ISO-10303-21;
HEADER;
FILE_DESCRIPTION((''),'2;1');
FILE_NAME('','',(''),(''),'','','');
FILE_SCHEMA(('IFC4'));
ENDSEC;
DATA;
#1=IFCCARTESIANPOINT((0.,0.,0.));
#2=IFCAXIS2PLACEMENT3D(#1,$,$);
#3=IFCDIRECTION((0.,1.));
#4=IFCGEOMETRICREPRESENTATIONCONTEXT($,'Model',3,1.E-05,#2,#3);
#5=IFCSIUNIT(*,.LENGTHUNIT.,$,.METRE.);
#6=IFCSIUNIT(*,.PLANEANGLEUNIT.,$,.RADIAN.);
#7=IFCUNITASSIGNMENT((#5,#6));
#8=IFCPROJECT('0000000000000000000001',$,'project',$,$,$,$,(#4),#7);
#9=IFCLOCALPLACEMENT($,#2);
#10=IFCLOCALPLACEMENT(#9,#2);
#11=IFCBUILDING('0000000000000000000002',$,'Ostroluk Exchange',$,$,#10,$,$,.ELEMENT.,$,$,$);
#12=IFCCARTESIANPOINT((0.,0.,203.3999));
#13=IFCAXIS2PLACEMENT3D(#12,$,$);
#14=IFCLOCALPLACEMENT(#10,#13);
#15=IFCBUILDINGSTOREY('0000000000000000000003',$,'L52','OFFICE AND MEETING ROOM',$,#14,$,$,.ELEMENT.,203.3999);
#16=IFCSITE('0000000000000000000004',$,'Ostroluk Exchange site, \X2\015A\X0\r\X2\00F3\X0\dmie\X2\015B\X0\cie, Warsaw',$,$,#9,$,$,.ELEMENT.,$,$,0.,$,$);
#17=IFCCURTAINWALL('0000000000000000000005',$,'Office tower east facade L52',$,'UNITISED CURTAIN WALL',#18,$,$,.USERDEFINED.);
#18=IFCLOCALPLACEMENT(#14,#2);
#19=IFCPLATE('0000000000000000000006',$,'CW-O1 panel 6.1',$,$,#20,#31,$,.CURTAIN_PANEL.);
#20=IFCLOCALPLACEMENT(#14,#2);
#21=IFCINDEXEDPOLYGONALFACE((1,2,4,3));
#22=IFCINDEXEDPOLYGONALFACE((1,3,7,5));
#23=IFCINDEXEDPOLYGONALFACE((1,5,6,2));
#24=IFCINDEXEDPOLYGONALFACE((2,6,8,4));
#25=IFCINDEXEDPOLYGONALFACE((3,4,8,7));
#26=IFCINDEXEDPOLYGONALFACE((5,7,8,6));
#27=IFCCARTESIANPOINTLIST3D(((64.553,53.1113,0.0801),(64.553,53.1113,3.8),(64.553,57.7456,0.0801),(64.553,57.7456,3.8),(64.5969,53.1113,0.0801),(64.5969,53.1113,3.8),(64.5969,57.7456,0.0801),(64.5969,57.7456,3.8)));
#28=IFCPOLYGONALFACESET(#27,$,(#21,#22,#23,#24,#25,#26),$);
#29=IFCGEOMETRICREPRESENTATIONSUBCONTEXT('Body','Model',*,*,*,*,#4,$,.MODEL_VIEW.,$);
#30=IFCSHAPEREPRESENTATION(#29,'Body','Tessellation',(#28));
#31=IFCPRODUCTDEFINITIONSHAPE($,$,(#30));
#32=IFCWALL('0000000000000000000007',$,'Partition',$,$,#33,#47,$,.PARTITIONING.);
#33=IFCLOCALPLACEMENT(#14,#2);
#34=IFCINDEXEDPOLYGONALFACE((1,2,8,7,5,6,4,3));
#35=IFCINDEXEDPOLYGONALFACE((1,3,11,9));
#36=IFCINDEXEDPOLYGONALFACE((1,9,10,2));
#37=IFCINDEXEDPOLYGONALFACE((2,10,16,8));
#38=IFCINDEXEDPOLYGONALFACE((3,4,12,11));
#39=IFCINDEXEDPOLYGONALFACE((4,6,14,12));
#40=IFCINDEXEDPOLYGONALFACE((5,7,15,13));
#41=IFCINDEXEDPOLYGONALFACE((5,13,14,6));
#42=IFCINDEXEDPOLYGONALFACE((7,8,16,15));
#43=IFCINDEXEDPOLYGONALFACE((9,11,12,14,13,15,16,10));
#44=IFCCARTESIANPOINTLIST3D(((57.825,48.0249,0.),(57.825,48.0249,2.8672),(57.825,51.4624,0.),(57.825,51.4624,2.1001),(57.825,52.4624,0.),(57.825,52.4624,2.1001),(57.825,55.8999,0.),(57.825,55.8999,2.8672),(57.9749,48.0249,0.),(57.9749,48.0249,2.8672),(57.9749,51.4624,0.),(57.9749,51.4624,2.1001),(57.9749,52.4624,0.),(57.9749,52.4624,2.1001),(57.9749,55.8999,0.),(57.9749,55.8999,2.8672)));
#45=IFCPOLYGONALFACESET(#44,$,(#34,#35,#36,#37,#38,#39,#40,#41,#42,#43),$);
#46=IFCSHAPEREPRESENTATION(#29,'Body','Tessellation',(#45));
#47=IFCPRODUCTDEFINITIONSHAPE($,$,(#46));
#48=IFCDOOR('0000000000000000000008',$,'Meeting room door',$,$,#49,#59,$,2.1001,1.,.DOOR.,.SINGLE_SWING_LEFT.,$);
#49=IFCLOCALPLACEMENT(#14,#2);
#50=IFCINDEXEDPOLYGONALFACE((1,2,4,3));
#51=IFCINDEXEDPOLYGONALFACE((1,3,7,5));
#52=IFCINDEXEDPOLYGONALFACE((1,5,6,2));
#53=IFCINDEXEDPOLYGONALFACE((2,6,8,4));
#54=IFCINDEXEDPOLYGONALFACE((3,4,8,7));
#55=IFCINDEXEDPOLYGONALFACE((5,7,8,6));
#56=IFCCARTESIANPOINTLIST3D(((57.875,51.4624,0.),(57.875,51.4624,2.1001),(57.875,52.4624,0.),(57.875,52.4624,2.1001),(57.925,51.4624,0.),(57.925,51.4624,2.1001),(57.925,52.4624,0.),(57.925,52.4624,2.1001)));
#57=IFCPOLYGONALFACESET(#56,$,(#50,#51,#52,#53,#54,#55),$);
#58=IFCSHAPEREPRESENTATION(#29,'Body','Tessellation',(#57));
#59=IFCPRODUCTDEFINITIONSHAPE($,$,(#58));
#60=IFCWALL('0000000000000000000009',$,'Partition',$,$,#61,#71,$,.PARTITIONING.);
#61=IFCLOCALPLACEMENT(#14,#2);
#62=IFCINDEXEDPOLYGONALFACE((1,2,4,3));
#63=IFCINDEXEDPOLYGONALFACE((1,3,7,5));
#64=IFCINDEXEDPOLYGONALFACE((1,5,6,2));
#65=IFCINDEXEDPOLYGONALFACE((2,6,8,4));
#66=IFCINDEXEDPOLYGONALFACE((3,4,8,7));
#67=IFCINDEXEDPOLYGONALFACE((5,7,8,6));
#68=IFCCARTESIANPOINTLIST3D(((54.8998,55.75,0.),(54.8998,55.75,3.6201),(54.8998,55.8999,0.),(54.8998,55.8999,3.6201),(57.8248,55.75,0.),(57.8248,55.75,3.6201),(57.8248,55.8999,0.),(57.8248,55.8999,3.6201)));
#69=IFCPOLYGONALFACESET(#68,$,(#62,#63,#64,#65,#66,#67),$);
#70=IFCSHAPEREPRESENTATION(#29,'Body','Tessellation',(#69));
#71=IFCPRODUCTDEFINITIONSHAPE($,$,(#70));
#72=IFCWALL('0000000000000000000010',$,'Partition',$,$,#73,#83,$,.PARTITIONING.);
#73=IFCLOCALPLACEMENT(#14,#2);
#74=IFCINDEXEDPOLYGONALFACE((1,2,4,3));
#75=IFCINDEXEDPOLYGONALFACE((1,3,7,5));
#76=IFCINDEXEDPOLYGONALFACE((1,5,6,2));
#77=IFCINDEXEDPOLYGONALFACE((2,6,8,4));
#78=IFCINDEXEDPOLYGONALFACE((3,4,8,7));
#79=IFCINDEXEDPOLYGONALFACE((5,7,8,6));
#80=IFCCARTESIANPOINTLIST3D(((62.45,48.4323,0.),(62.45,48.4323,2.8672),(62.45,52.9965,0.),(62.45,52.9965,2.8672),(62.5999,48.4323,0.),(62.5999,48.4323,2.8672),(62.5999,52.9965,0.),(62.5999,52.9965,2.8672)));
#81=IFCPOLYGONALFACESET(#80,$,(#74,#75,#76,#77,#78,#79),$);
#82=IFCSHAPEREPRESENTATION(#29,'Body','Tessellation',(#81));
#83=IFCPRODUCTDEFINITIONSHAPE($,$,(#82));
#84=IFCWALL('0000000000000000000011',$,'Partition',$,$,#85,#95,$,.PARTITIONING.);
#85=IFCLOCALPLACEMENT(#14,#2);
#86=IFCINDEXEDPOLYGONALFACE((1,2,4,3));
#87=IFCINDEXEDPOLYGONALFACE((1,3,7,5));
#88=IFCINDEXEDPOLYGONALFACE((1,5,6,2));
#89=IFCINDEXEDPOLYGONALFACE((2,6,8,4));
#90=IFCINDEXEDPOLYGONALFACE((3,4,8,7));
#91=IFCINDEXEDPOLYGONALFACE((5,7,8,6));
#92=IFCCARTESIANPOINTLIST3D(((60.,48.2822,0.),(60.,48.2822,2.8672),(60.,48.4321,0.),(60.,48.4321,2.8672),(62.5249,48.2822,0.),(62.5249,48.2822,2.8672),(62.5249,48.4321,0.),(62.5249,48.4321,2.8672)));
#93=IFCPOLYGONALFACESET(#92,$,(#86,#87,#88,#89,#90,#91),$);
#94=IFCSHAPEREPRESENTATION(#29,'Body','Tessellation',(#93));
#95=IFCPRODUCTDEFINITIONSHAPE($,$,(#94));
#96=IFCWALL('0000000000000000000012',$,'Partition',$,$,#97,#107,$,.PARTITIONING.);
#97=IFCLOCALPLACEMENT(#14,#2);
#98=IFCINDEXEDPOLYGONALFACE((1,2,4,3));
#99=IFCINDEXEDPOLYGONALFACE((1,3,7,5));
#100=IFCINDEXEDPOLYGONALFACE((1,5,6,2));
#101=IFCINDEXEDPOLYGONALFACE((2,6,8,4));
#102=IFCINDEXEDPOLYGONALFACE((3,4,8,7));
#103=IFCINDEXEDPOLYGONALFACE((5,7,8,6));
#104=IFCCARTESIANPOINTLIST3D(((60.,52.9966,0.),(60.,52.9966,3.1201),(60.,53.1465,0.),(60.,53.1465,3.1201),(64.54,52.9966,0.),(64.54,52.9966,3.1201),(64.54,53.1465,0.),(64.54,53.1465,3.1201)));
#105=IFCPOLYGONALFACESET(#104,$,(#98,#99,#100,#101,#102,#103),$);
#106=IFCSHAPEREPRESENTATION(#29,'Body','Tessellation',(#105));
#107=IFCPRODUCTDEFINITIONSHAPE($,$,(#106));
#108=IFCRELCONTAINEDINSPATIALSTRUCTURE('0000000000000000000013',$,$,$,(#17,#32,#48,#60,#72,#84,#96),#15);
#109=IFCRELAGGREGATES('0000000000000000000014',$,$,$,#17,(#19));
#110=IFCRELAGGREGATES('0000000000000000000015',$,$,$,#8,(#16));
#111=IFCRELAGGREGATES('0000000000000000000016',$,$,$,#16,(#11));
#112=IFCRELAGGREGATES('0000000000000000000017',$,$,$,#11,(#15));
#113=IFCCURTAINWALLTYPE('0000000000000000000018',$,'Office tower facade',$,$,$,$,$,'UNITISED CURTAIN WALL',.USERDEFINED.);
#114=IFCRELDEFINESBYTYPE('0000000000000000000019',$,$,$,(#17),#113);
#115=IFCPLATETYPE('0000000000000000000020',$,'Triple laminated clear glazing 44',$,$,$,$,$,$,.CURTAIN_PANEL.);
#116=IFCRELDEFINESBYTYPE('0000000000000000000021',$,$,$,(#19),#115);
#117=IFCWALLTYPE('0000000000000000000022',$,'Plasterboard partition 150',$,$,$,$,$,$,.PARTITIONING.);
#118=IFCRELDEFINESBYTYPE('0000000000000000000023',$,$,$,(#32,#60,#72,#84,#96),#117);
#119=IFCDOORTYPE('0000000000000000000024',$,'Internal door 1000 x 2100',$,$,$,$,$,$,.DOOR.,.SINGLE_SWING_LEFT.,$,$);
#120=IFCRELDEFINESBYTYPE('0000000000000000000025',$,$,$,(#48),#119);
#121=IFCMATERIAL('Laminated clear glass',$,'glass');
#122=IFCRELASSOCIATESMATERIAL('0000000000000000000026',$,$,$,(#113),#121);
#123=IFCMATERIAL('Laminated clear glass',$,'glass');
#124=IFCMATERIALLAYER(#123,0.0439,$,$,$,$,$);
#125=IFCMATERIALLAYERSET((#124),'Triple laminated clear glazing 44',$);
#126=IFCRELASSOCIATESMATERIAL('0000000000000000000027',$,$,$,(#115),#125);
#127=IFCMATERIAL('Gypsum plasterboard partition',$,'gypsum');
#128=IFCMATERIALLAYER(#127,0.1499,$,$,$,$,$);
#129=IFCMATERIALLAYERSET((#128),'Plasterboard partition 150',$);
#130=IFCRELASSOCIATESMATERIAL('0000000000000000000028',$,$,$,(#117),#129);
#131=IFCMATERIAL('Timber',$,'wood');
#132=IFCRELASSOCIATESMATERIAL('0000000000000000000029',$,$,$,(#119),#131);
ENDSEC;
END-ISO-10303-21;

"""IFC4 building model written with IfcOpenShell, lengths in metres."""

from ifc_helpers import new_model, si_unit, direction, frame, frame_2d, origin, origin_2d, place, context, subcontext, project, spatial, rectangle, extrude, material, layer, layer_set, type_object, element, fill, aggregate, save


model = new_model("IFC4")

# Units and contexts
model_context = context("Model", 3, precision=1e-05, world=origin(), true_north=direction((0.0, 1.0)))
body_context = subcontext(model_context, "Body", "Model", "MODEL_VIEW")
ifc_project = project(units=[si_unit("LENGTHUNIT", "METRE"), si_unit("PLANEANGLEUNIT", "RADIAN")], contexts=[model_context])

# Site, building, storey
site_placement = place(None, origin())
site = spatial("IfcSite", under=ifc_project, at=site_placement, Name="Ostroluk Exchange site, Śródmieście, Warsaw", CompositionType="ELEMENT", RefElevation=0.0)
building_placement = place(site_placement, origin())
building = spatial("IfcBuilding", under=site, at=building_placement, Name="Ostroluk Exchange", CompositionType="ELEMENT")
storey_placement = place(building_placement, frame((0.0, 0.0, 203.3999)))
storey = spatial("IfcBuildingStorey", under=building, at=storey_placement, Name="L52", Description="OFFICE AND MEETING ROOM", CompositionType="ELEMENT", Elevation=203.3999)

# Curtain wall, plate
ifc_material_1 = material(Name="Laminated clear glass", Category="glass")
curtain_wall_type = type_object("IfcCurtainWallType", Name="Office tower facade", ElementType="UNITISED CURTAIN WALL", PredefinedType="USERDEFINED", material=ifc_material_1)
curtain_wall_placement = place(storey_placement, origin())
curtain_wall = element("IfcCurtainWall", 1, at=curtain_wall_placement, inside=storey, type_object=curtain_wall_type, Name="Office tower east facade L52", ObjectType="UNITISED CURTAIN WALL", PredefinedType="USERDEFINED")
ifc_material_2 = material(Name="Laminated clear glass", Category="glass")
ifc_layer_1 = layer(ifc_material_2, 0.0439)
ifc_layer_set_1 = layer_set([ifc_layer_1], Name="Triple laminated clear glazing 44")
plate_type = type_object("IfcPlateType", Name="Triple laminated clear glazing 44", PredefinedType="CURTAIN_PANEL", material=ifc_layer_set_1)
plate_1_placement = place(storey_placement, frame((64.575, 55.4285, 0.0801), z_axis=(0.0, 0.0, 1.0), x_axis=(0.0, 1.0, 0.0)))
plate_1 = element("IfcPlate", 2, at=plate_1_placement, type_object=plate_type, Name="CW-O1 panel 6.1", PredefinedType="CURTAIN_PANEL", context=body_context, shape_type="SweptSolid", body=[
    extrude(rectangle(XDim=4.6343, YDim=0.0439, at=origin_2d()), origin(), (0.0, 0.0, 1.0), 3.72),
])
aggregate(curtain_wall, [plate_1])

# Wall, opening, door
ifc_material_3 = material(Name="Gypsum plasterboard partition", Category="gypsum")
ifc_layer_2 = layer(ifc_material_3, 0.1499)
ifc_layer_set_2 = layer_set([ifc_layer_2], Name="Plasterboard partition 150")
wall_type = type_object("IfcWallType", Name="Plasterboard partition 150", PredefinedType="PARTITIONING", material=ifc_layer_set_2)
wall_1_placement = place(storey_placement, frame((57.8999, 48.0249, 0.0), z_axis=(0.0, 0.0, 1.0), x_axis=(0.0, 1.0, 0.0)))
wall_1 = element("IfcWall", 3, at=wall_1_placement, inside=storey, type_object=wall_type, Name="Partition", PredefinedType="PARTITIONING", context=body_context, shape_type="SweptSolid", body=[
    extrude(rectangle(XDim=7.875, YDim=0.1499, at=frame_2d((3.9375, 0.0))), origin(), (0.0, 0.0, 1.0), 2.8672),
])
opening_placement = place(wall_1_placement, frame((3.4375, 0.0, 0.0)))
opening = element("IfcOpeningElement", 4, at=opening_placement, cuts=wall_1, PredefinedType="OPENING", context=body_context, shape_type="SweptSolid", body=[
    extrude(rectangle(XDim=1.0, YDim=2.1001, at=frame_2d((0.5, 1.05))), frame((0.0, 0.085, 0.0), z_axis=(0.0, -1.0, 0.0), x_axis=(1.0, 0.0, 0.0)), (0.0, 0.0, 1.0), 0.1699),
])
ifc_material_4 = material(Name="Timber", Category="wood")
door_type = type_object("IfcDoorType", Name="Internal door 1000 x 2100", OperationType="SINGLE_SWING_LEFT", PredefinedType="DOOR", material=ifc_material_4)
door_placement = place(opening_placement, origin())
door = element("IfcDoor", 5, at=door_placement, inside=storey, type_object=door_type, Name="Meeting room door", OperationType="SINGLE_SWING_LEFT", OverallHeight=2.1001, OverallWidth=1.0, PredefinedType="DOOR", context=body_context, shape_type="SweptSolid", body=[
    extrude(rectangle(XDim=1.0, YDim=2.1001, at=frame_2d((0.5, 1.05))), frame((0.0, 0.0249, 0.0), z_axis=(0.0, -1.0, 0.0), x_axis=(1.0, 0.0, 0.0)), (0.0, 0.0, 1.0), 0.05),
])
fill(opening, door)

# Walls
wall_2_placement = place(storey_placement, frame((54.8999, 55.825, 0.0), z_axis=(0.0, 0.0, 1.0), x_axis=(1.0, 0.0, 0.0)))
element("IfcWall", 6, at=wall_2_placement, inside=storey, type_object=wall_type, Name="Partition", PredefinedType="PARTITIONING", context=body_context, shape_type="SweptSolid", body=[
    extrude(rectangle(XDim=2.925, YDim=0.1499, at=frame_2d((1.4624, 0.0))), origin(), (0.0, 0.0, 1.0), 3.6201),
])
wall_3_placement = place(storey_placement, frame((62.5249, 48.4321, 0.0), z_axis=(0.0, 0.0, 1.0), x_axis=(0.0, 1.0, 0.0)))
element("IfcWall", 7, at=wall_3_placement, inside=storey, type_object=wall_type, Name="Partition", PredefinedType="PARTITIONING", context=body_context, shape_type="SweptSolid", body=[
    extrude(rectangle(XDim=4.5642, YDim=0.1499, at=frame_2d((2.2822, 0.0))), origin(), (0.0, 0.0, 1.0), 2.8672),
])
wall_4_placement = place(storey_placement, frame((60.0, 48.3572, 0.0), z_axis=(0.0, 0.0, 1.0), x_axis=(1.0, 0.0, 0.0)))
element("IfcWall", 8, at=wall_4_placement, inside=storey, type_object=wall_type, Name="Partition", PredefinedType="PARTITIONING", context=body_context, shape_type="SweptSolid", body=[
    extrude(rectangle(XDim=2.5249, YDim=0.1499, at=frame_2d((1.2625, 0.0))), origin(), (0.0, 0.0, 1.0), 2.8672),
])
wall_5_placement = place(storey_placement, frame((60.0, 53.0715, 0.0), z_axis=(0.0, 0.0, 1.0), x_axis=(1.0, 0.0, 0.0)))
element("IfcWall", 9, at=wall_5_placement, inside=storey, type_object=wall_type, Name="Partition", PredefinedType="PARTITIONING", context=body_context, shape_type="SweptSolid", body=[
    extrude(rectangle(XDim=4.54, YDim=0.1499, at=frame_2d((2.27, 0.0))), origin(), (0.0, 0.0, 1.0), 3.1201),
])

save(model, "model.ifc")
